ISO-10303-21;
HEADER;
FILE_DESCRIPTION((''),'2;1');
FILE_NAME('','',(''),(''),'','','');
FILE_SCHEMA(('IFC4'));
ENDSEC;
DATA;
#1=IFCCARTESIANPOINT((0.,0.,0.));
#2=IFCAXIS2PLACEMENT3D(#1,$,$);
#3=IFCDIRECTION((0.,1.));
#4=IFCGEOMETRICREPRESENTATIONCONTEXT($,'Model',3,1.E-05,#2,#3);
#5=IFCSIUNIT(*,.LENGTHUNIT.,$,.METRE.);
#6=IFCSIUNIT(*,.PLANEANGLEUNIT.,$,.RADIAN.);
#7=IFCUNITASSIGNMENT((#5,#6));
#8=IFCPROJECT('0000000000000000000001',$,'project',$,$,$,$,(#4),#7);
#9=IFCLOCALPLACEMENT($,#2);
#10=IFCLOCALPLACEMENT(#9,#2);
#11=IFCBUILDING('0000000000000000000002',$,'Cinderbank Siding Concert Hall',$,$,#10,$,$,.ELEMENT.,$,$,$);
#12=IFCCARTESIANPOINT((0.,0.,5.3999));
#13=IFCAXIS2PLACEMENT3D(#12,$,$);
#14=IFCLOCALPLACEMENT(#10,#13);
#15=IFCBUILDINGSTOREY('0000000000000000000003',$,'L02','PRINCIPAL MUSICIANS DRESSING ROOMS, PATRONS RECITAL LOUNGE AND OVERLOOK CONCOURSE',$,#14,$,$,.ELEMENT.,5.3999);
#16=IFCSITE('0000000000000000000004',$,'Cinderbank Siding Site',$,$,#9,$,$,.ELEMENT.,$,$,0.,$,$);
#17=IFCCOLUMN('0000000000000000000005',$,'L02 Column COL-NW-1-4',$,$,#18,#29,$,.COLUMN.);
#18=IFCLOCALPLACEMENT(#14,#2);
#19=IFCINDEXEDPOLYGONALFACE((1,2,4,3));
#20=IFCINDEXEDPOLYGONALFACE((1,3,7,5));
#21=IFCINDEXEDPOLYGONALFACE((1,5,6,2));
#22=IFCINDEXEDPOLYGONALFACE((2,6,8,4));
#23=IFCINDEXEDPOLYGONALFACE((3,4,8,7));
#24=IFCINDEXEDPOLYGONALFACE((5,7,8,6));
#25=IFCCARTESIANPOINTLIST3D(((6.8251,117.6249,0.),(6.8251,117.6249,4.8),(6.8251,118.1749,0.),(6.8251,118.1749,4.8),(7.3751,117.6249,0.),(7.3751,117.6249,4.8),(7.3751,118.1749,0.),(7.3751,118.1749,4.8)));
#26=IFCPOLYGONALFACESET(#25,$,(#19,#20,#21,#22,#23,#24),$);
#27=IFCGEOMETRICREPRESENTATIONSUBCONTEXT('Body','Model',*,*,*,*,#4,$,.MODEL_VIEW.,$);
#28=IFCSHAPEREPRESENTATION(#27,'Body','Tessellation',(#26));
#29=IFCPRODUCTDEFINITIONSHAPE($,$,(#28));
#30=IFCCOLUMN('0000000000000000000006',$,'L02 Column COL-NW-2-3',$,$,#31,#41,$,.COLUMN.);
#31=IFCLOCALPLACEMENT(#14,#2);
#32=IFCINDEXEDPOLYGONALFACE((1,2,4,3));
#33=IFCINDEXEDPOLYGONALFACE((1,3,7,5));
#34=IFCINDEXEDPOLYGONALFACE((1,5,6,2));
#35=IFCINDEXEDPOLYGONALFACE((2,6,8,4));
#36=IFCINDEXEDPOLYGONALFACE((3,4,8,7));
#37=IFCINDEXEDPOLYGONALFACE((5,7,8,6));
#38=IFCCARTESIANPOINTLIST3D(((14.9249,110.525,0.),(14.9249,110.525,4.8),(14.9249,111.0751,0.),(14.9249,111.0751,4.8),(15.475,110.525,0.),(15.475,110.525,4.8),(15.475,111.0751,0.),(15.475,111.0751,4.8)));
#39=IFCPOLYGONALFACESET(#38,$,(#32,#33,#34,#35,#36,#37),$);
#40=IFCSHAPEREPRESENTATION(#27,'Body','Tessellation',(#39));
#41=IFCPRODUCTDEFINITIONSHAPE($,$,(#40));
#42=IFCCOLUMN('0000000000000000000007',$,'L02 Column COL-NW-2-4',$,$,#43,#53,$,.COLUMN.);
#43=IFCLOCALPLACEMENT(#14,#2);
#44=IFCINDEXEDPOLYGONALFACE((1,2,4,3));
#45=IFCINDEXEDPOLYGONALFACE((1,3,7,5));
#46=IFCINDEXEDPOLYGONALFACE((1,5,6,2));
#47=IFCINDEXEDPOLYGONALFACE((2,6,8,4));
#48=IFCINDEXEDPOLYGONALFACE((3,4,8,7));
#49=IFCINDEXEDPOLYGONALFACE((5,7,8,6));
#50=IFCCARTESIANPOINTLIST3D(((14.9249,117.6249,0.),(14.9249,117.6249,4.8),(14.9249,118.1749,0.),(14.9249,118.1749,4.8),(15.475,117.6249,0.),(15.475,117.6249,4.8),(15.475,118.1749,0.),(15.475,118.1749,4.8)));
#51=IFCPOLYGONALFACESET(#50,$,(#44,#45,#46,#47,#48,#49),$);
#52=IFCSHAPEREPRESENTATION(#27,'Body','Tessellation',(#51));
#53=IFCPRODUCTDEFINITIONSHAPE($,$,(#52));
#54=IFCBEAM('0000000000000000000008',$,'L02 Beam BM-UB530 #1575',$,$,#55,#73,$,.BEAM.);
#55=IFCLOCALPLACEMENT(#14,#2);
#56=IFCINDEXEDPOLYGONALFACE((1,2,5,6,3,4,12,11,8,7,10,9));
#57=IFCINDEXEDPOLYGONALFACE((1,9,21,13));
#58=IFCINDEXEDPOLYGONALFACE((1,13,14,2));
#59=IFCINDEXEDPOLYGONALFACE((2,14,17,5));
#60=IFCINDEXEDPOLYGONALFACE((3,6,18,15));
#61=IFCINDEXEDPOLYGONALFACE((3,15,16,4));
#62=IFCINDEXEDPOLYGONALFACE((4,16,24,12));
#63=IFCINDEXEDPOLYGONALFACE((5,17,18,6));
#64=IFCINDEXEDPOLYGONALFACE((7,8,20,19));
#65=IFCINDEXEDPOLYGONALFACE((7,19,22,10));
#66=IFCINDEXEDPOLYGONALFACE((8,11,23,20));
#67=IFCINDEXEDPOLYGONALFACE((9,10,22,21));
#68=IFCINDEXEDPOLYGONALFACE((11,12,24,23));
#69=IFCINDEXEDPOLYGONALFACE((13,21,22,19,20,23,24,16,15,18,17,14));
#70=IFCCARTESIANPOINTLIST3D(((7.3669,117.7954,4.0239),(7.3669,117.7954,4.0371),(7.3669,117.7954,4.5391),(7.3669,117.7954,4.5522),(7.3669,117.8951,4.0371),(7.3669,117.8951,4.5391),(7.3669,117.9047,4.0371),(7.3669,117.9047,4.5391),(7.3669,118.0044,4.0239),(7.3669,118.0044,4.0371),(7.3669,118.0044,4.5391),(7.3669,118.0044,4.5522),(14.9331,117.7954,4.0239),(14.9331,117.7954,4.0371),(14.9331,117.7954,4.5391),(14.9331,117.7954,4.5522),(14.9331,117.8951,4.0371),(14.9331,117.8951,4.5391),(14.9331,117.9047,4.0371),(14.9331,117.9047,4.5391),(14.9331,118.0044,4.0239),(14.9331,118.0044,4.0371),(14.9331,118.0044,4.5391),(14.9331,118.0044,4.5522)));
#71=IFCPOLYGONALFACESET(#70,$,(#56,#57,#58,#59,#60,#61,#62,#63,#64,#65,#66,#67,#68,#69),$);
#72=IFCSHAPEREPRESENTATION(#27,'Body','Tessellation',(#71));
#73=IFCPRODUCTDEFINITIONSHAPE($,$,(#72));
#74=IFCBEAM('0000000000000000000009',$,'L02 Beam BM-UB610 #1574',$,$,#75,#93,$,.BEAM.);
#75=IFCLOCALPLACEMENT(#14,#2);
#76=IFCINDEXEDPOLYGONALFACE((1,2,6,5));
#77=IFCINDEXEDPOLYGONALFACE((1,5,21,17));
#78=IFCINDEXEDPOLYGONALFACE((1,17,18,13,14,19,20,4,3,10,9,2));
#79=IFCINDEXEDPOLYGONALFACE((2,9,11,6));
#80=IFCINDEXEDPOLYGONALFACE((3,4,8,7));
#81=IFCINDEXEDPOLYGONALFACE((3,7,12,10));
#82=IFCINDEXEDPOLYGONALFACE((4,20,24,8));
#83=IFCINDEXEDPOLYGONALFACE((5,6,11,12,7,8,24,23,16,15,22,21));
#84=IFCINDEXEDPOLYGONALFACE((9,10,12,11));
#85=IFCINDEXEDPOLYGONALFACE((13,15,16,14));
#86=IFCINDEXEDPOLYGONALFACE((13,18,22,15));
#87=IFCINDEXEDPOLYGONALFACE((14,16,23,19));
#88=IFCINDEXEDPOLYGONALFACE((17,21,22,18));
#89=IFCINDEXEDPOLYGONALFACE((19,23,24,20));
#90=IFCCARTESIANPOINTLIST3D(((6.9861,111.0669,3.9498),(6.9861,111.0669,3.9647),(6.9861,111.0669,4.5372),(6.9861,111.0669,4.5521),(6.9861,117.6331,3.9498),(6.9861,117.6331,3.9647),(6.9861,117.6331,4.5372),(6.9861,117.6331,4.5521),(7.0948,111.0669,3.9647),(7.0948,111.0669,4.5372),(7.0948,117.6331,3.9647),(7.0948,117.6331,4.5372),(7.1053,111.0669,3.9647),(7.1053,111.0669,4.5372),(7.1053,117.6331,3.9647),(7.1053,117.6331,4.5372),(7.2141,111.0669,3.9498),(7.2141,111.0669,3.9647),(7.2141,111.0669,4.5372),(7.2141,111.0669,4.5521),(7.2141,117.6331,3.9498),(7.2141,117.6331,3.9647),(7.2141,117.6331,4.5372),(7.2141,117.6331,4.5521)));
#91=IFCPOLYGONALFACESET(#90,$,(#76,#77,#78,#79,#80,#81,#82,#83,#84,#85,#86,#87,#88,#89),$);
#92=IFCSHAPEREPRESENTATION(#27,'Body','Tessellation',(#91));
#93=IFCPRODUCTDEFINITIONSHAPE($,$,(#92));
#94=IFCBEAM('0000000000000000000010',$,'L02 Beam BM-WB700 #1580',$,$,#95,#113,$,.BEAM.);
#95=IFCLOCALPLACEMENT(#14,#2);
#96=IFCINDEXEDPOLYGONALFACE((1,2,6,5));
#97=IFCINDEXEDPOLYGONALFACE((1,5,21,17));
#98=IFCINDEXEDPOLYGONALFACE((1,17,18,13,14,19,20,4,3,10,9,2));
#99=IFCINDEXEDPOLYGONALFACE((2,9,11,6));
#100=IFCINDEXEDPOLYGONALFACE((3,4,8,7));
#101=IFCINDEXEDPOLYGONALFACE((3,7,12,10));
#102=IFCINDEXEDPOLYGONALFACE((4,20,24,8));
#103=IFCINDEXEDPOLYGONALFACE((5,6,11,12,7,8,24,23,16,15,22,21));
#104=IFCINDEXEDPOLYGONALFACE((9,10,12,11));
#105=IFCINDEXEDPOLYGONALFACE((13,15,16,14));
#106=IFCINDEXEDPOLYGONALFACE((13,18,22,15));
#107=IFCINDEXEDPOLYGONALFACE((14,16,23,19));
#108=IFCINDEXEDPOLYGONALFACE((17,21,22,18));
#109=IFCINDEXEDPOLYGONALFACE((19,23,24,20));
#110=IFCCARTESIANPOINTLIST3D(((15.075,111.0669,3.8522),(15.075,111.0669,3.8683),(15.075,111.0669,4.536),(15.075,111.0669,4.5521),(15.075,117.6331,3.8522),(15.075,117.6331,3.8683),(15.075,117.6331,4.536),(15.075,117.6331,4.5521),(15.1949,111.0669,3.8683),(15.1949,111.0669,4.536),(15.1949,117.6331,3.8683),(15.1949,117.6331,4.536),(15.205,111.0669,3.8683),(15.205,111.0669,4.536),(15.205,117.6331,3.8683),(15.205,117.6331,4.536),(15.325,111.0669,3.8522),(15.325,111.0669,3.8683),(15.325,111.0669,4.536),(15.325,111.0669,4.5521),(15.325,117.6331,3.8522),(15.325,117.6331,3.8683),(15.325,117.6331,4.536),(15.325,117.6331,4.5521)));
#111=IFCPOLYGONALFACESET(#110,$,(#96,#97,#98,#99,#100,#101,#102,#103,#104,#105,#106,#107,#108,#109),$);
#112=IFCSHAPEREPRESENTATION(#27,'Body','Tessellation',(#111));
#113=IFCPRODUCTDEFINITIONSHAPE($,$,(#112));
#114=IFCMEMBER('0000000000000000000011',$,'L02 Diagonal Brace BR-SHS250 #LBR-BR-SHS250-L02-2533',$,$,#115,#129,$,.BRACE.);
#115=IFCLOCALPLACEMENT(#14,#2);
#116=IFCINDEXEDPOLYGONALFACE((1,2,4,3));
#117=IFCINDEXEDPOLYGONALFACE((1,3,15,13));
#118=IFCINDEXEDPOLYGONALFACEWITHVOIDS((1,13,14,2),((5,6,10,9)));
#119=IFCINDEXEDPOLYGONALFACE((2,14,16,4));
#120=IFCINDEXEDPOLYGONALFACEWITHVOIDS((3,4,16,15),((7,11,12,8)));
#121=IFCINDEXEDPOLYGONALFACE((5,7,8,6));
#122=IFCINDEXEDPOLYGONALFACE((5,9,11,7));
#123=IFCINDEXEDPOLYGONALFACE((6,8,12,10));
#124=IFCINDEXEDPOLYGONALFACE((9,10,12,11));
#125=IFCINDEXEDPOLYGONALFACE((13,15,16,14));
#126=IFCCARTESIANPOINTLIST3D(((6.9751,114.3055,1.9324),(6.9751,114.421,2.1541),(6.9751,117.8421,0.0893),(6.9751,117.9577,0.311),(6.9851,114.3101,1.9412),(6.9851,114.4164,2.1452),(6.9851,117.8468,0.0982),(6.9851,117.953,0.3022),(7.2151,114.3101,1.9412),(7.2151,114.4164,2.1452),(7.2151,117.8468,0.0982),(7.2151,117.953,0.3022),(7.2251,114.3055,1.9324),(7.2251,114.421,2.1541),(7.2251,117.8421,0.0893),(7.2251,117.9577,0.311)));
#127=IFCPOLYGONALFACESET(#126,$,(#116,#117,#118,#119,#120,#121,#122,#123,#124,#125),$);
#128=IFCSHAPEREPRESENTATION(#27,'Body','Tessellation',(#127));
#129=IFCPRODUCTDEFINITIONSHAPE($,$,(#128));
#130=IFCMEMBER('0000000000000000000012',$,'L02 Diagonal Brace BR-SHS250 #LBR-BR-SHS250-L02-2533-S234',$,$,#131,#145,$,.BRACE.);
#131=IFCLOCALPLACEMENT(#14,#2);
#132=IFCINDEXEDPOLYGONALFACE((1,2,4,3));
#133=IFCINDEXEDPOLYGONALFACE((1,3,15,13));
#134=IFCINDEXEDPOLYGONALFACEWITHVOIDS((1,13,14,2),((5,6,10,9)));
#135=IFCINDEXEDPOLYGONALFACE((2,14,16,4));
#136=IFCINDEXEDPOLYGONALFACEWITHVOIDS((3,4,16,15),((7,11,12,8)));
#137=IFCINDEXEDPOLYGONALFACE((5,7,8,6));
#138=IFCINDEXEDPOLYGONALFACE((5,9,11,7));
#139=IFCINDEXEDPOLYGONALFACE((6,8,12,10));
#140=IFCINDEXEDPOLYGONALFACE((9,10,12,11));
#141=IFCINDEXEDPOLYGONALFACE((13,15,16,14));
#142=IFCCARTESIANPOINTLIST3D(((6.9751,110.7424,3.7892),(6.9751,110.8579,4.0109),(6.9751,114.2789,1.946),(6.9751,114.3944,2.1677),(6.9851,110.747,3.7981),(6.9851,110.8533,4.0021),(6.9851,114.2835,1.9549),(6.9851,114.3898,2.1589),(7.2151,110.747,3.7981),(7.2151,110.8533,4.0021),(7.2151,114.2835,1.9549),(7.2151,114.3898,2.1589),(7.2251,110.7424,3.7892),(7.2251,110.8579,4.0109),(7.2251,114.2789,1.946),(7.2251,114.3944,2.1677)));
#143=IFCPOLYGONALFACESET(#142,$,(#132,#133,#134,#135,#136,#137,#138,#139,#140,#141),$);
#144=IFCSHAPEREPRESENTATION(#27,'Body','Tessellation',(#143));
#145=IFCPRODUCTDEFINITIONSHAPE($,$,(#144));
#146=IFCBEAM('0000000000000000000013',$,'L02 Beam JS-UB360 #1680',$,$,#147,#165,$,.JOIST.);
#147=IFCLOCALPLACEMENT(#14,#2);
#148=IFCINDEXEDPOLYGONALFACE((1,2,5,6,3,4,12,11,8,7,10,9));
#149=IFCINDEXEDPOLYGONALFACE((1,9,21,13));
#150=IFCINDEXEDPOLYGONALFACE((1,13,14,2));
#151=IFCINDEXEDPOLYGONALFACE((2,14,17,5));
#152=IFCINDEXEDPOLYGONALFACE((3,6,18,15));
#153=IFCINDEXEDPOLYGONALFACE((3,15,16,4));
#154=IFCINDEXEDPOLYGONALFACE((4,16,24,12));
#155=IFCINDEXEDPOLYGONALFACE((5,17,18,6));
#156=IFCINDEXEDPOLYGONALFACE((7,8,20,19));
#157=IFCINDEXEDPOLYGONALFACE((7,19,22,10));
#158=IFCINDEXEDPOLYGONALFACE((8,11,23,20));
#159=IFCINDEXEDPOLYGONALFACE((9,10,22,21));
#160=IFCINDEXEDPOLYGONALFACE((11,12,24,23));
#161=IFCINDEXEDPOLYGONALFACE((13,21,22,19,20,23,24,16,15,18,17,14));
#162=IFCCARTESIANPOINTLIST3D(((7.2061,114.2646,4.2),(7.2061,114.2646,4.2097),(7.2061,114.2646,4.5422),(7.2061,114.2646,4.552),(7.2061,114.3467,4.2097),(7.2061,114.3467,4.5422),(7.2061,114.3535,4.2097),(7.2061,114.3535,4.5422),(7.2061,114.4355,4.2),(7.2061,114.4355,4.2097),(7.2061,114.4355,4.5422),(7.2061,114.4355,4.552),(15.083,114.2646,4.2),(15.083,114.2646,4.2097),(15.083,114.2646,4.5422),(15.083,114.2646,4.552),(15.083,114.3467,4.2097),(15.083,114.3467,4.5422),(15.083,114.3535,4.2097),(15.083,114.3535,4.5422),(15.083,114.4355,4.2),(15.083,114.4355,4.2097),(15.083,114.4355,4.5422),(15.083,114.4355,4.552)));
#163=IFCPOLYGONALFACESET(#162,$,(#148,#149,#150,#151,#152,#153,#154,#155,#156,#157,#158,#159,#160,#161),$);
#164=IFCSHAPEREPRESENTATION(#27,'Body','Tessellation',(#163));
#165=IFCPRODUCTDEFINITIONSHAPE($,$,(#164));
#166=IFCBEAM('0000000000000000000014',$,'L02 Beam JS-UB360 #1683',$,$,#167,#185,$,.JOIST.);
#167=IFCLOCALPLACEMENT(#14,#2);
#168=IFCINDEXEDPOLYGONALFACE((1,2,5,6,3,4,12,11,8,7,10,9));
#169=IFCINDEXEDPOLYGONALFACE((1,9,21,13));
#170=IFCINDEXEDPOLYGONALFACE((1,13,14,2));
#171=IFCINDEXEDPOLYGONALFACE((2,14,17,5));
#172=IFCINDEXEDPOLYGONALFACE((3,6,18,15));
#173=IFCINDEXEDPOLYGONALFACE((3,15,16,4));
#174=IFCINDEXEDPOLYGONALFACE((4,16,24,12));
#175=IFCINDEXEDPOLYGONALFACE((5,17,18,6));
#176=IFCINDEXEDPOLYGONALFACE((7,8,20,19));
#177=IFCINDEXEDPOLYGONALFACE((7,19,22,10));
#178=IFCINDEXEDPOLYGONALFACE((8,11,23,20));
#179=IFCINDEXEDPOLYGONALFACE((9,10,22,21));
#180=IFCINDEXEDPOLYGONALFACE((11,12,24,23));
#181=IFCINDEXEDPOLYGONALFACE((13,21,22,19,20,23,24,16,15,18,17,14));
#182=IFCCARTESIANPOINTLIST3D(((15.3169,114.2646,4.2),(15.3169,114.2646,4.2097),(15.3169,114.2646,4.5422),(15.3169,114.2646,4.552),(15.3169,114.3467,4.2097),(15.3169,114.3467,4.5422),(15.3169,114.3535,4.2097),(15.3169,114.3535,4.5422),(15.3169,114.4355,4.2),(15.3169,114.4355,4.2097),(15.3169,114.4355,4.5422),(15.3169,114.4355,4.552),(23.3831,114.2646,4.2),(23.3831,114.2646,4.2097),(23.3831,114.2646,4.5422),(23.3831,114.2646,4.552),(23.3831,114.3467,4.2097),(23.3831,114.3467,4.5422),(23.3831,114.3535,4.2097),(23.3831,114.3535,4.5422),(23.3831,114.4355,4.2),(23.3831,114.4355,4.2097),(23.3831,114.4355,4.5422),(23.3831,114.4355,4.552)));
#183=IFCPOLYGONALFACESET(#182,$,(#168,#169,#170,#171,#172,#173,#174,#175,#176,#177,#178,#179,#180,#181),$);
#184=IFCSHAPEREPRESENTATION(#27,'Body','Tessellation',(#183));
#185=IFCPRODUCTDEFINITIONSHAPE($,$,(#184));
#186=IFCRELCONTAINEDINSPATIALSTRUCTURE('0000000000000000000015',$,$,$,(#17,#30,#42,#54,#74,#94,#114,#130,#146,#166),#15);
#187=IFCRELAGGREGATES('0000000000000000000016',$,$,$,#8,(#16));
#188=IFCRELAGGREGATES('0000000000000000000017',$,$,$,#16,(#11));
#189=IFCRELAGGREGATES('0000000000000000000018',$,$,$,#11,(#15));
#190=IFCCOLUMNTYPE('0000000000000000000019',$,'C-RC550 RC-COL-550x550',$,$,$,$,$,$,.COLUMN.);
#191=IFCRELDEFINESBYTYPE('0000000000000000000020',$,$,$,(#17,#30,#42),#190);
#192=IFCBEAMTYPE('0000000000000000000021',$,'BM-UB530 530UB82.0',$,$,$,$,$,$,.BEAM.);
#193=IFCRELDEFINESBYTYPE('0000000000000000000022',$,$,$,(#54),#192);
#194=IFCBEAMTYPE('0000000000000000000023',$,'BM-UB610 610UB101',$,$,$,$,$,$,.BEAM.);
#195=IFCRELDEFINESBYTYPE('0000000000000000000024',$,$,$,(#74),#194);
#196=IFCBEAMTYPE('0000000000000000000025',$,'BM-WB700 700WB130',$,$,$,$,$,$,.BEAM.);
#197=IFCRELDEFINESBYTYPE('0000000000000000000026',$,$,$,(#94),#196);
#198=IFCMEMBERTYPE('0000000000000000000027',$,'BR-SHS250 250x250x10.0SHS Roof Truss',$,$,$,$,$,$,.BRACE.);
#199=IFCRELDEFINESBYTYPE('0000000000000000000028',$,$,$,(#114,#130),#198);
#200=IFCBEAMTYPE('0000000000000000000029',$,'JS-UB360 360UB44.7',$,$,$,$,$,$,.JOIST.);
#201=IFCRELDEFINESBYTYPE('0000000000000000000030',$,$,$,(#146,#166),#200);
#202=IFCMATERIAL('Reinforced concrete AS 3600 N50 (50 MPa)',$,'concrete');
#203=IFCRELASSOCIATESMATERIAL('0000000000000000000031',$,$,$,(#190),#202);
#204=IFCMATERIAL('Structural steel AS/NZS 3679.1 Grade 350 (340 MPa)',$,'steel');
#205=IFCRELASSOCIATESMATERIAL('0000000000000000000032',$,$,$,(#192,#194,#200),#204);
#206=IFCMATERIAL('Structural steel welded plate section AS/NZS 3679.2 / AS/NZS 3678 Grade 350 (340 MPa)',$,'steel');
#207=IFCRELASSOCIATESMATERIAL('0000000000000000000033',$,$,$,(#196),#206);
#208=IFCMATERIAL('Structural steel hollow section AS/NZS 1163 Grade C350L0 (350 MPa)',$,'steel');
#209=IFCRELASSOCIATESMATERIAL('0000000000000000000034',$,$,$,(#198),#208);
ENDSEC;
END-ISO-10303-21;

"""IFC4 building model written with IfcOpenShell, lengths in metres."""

from ifc_helpers import new_model, si_unit, direction, frame, origin, origin_2d, place, context, subcontext, project, spatial, rectangle, hollow_rectangle, i_section, extrude, material, material_profile, profile_set, type_object, element, save


model = new_model("IFC4")

# Units and contexts
model_context = context("Model", 3, precision=1e-05, world=origin(), true_north=direction((0.0, 1.0)))
body_context = subcontext(model_context, "Body", "Model", "MODEL_VIEW")
ifc_project = project(units=[si_unit("LENGTHUNIT", "METRE"), si_unit("PLANEANGLEUNIT", "RADIAN")], contexts=[model_context])

# Site, building, storey
site_placement = place(None, origin())
site = spatial("IfcSite", under=ifc_project, at=site_placement, Name="Cinderbank Siding Site", CompositionType="ELEMENT", RefElevation=0.0)
building_placement = place(site_placement, origin())
building = spatial("IfcBuilding", under=site, at=building_placement, Name="Cinderbank Siding Concert Hall", CompositionType="ELEMENT")
storey_placement = place(building_placement, frame((0.0, 0.0, 5.3999)))
storey = spatial("IfcBuildingStorey", under=building, at=storey_placement, Name="L02", Description="PRINCIPAL MUSICIANS DRESSING ROOMS, PATRONS RECITAL LOUNGE AND OVERLOOK CONCOURSE", CompositionType="ELEMENT", Elevation=5.3999)

# Columns
ifc_material_1 = material(Name="Reinforced concrete AS 3600 N50 (50 MPa)", Category="concrete")
ifc_material_profile_1 = material_profile(ifc_material_1, rectangle(XDim=0.55, YDim=0.55, at=origin_2d()), Name="RC-COL-550x550", Category="LoadBearing")
ifc_profile_set_1 = profile_set([ifc_material_profile_1], Name="Reinforced concrete AS 3600 N50 (50 MPa)")
column_type = type_object("IfcColumnType", Name="C-RC550 RC-COL-550x550", PredefinedType="COLUMN", material=ifc_profile_set_1)
for number, where, z_axis, x_axis, name in (
    (1, (7.1001, 117.8999, 0.0), (0.0, 0.0, 1.0), (1.0, 0.0, 0.0), "L02 Column COL-NW-1-4"),
    (2, (15.2, 110.8, 0.0), (0.0, 0.0, 1.0), (1.0, 0.0, 0.0), "L02 Column COL-NW-2-3"),
    (3, (15.2, 117.8999, 0.0), (0.0, 0.0, 1.0), (1.0, 0.0, 0.0), "L02 Column COL-NW-2-4"),
):
    element("IfcColumn", number, at=place(storey_placement, frame(where, z_axis=z_axis, x_axis=x_axis)), inside=storey, type_object=column_type, Name=name, PredefinedType="COLUMN", context=body_context, shape_type="SweptSolid", body=[
        extrude(rectangle(XDim=0.55, YDim=0.55, at=origin_2d()), origin(), (0.0, 0.0, 1.0), 4.8),
    ])

# Beams
ifc_material_2 = material(Name="Structural steel AS/NZS 3679.1 Grade 350 (340 MPa)", Category="steel")
ifc_material_profile_2 = material_profile(ifc_material_2, i_section(OverallWidth=0.209, OverallDepth=0.5283, WebThickness=0.0095, FlangeThickness=0.0132, at=origin_2d()), Name="530UB82.0", Category="LoadBearing")
ifc_profile_set_2 = profile_set([ifc_material_profile_2], Name="Structural steel AS/NZS 3679.1 Grade 350 (340 MPa)")
beam_type_1 = type_object("IfcBeamType", Name="BM-UB530 530UB82.0", PredefinedType="BEAM", material=ifc_profile_set_2)
beam_1_placement = place(storey_placement, frame((7.3669, 117.8999, 4.2881), z_axis=(1.0, 0.0, 0.0), x_axis=(0.0, 1.0, 0.0)))
element("IfcBeam", 4, at=beam_1_placement, inside=storey, type_object=beam_type_1, Name="L02 Beam BM-UB530 #1575", PredefinedType="BEAM", context=body_context, shape_type="SweptSolid", body=[
    extrude(i_section(OverallWidth=0.209, OverallDepth=0.5283, WebThickness=0.0095, FlangeThickness=0.0132, at=origin_2d()), origin(), (0.0, 0.0, 1.0), 7.5662),
])
ifc_material_profile_3 = material_profile(ifc_material_2, i_section(OverallWidth=0.228, OverallDepth=0.6023, WebThickness=0.0105, FlangeThickness=0.0149, at=origin_2d()), Name="610UB101", Category="LoadBearing")
ifc_profile_set_3 = profile_set([ifc_material_profile_3], Name="Structural steel AS/NZS 3679.1 Grade 350 (340 MPa)")
beam_type_2 = type_object("IfcBeamType", Name="BM-UB610 610UB101", PredefinedType="BEAM", material=ifc_profile_set_3)
beam_2_placement = place(storey_placement, frame((7.1001, 111.0669, 4.251), z_axis=(0.0, 1.0, 0.0), x_axis=(-1.0, 0.0, 0.0)))
element("IfcBeam", 5, at=beam_2_placement, inside=storey, type_object=beam_type_2, Name="L02 Beam BM-UB610 #1574", PredefinedType="BEAM", context=body_context, shape_type="SweptSolid", body=[
    extrude(i_section(OverallWidth=0.228, OverallDepth=0.6023, WebThickness=0.0105, FlangeThickness=0.0149, at=origin_2d()), origin(), (0.0, 0.0, 1.0), 6.5662),
])
ifc_material_3 = material(Name="Structural steel welded plate section AS/NZS 3679.2 / AS/NZS 3678 Grade 350 (340 MPa)", Category="steel")
ifc_material_profile_4 = material_profile(ifc_material_3, i_section(OverallWidth=0.25, OverallDepth=0.7, WebThickness=0.01, FlangeThickness=0.0161, at=origin_2d()), Name="700WB130", Category="LoadBearing")
ifc_profile_set_4 = profile_set([ifc_material_profile_4], Name="Structural steel welded plate section AS/NZS 3679.2 / AS/NZS 3678 Grade 350 (340 MPa)")
beam_type_3 = type_object("IfcBeamType", Name="BM-WB700 700WB130", PredefinedType="BEAM", material=ifc_profile_set_4)
beam_3_placement = place(storey_placement, frame((15.2, 111.0669, 4.2021), z_axis=(0.0, 1.0, 0.0), x_axis=(-1.0, 0.0, 0.0)))
element("IfcBeam", 6, at=beam_3_placement, inside=storey, type_object=beam_type_3, Name="L02 Beam BM-WB700 #1580", PredefinedType="BEAM", context=body_context, shape_type="SweptSolid", body=[
    extrude(i_section(OverallWidth=0.25, OverallDepth=0.7, WebThickness=0.01, FlangeThickness=0.0161, at=origin_2d()), origin(), (0.0, 0.0, 1.0), 6.5662),
])

# Members
ifc_material_4 = material(Name="Structural steel hollow section AS/NZS 1163 Grade C350L0 (350 MPa)", Category="steel")
ifc_material_profile_5 = material_profile(ifc_material_4, hollow_rectangle(XDim=0.25, YDim=0.25, WallThickness=0.01, at=origin_2d()), Name="250x250x10.0SHS", Category="LoadBearing")
ifc_profile_set_5 = profile_set([ifc_material_profile_5], Name="Structural steel hollow section AS/NZS 1163 Grade C350L0 (350 MPa)")
member_type = type_object("IfcMemberType", Name="BR-SHS250 250x250x10.0SHS Roof Truss", PredefinedType="BRACE", material=ifc_profile_set_5)
for number, where, z_axis, x_axis, name in (
    (7, (7.1001, 117.8999, 0.2002), (0.0, -0.886809, 0.462137), (1.0, 0.0, 0.0), "L02 Diagonal Brace BR-SHS250 #LBR-BR-SHS250-L02-2533"),
    (8, (7.1001, 114.3367, 2.0569), (0.0, -0.886783, 0.462185), (1.0, 0.0, 0.0), "L02 Diagonal Brace BR-SHS250 #LBR-BR-SHS250-L02-2533-S234"),
):
    element("IfcMember", number, at=place(storey_placement, frame(where, z_axis=z_axis, x_axis=x_axis)), inside=storey, type_object=member_type, Name=name, PredefinedType="BRACE", context=body_context, shape_type="SweptSolid", body=[
        extrude(hollow_rectangle(XDim=0.25, YDim=0.25, WallThickness=0.01, at=origin_2d()), origin(), (0.0, 0.0, 1.0), 3.988),
    ])

# Beams
ifc_material_profile_6 = material_profile(ifc_material_2, i_section(OverallWidth=0.1709, OverallDepth=0.3521, WebThickness=0.0068, FlangeThickness=0.0098, at=origin_2d()), Name="360UB44.7", Category="LoadBearing")
ifc_profile_set_6 = profile_set([ifc_material_profile_6], Name="Structural steel AS/NZS 3679.1 Grade 350 (340 MPa)")
beam_type_4 = type_object("IfcBeamType", Name="JS-UB360 360UB44.7", PredefinedType="JOIST", material=ifc_profile_set_6)
beam_4_placement = place(storey_placement, frame((7.2061, 114.3501, 4.376), z_axis=(1.0, 0.0, 0.0), x_axis=(0.0, 1.0, 0.0)))
element("IfcBeam", 9, at=beam_4_placement, inside=storey, type_object=beam_type_4, Name="L02 Beam JS-UB360 #1680", PredefinedType="JOIST", context=body_context, shape_type="SweptSolid", body=[
    extrude(i_section(OverallWidth=0.1709, OverallDepth=0.3521, WebThickness=0.0068, FlangeThickness=0.0098, at=origin_2d()), origin(), (0.0, 0.0, 1.0), 7.877),
])
beam_5_placement = place(storey_placement, frame((15.3169, 114.3501, 4.376), z_axis=(1.0, 0.0, 0.0), x_axis=(0.0, 1.0, 0.0)))
element("IfcBeam", 10, at=beam_5_placement, inside=storey, type_object=beam_type_4, Name="L02 Beam JS-UB360 #1683", PredefinedType="JOIST", context=body_context, shape_type="SweptSolid", body=[
    extrude(i_section(OverallWidth=0.1709, OverallDepth=0.3521, WebThickness=0.0068, FlangeThickness=0.0098, at=origin_2d()), origin(), (0.0, 0.0, 1.0), 8.0662),
])

save(model, "model.ifc")
